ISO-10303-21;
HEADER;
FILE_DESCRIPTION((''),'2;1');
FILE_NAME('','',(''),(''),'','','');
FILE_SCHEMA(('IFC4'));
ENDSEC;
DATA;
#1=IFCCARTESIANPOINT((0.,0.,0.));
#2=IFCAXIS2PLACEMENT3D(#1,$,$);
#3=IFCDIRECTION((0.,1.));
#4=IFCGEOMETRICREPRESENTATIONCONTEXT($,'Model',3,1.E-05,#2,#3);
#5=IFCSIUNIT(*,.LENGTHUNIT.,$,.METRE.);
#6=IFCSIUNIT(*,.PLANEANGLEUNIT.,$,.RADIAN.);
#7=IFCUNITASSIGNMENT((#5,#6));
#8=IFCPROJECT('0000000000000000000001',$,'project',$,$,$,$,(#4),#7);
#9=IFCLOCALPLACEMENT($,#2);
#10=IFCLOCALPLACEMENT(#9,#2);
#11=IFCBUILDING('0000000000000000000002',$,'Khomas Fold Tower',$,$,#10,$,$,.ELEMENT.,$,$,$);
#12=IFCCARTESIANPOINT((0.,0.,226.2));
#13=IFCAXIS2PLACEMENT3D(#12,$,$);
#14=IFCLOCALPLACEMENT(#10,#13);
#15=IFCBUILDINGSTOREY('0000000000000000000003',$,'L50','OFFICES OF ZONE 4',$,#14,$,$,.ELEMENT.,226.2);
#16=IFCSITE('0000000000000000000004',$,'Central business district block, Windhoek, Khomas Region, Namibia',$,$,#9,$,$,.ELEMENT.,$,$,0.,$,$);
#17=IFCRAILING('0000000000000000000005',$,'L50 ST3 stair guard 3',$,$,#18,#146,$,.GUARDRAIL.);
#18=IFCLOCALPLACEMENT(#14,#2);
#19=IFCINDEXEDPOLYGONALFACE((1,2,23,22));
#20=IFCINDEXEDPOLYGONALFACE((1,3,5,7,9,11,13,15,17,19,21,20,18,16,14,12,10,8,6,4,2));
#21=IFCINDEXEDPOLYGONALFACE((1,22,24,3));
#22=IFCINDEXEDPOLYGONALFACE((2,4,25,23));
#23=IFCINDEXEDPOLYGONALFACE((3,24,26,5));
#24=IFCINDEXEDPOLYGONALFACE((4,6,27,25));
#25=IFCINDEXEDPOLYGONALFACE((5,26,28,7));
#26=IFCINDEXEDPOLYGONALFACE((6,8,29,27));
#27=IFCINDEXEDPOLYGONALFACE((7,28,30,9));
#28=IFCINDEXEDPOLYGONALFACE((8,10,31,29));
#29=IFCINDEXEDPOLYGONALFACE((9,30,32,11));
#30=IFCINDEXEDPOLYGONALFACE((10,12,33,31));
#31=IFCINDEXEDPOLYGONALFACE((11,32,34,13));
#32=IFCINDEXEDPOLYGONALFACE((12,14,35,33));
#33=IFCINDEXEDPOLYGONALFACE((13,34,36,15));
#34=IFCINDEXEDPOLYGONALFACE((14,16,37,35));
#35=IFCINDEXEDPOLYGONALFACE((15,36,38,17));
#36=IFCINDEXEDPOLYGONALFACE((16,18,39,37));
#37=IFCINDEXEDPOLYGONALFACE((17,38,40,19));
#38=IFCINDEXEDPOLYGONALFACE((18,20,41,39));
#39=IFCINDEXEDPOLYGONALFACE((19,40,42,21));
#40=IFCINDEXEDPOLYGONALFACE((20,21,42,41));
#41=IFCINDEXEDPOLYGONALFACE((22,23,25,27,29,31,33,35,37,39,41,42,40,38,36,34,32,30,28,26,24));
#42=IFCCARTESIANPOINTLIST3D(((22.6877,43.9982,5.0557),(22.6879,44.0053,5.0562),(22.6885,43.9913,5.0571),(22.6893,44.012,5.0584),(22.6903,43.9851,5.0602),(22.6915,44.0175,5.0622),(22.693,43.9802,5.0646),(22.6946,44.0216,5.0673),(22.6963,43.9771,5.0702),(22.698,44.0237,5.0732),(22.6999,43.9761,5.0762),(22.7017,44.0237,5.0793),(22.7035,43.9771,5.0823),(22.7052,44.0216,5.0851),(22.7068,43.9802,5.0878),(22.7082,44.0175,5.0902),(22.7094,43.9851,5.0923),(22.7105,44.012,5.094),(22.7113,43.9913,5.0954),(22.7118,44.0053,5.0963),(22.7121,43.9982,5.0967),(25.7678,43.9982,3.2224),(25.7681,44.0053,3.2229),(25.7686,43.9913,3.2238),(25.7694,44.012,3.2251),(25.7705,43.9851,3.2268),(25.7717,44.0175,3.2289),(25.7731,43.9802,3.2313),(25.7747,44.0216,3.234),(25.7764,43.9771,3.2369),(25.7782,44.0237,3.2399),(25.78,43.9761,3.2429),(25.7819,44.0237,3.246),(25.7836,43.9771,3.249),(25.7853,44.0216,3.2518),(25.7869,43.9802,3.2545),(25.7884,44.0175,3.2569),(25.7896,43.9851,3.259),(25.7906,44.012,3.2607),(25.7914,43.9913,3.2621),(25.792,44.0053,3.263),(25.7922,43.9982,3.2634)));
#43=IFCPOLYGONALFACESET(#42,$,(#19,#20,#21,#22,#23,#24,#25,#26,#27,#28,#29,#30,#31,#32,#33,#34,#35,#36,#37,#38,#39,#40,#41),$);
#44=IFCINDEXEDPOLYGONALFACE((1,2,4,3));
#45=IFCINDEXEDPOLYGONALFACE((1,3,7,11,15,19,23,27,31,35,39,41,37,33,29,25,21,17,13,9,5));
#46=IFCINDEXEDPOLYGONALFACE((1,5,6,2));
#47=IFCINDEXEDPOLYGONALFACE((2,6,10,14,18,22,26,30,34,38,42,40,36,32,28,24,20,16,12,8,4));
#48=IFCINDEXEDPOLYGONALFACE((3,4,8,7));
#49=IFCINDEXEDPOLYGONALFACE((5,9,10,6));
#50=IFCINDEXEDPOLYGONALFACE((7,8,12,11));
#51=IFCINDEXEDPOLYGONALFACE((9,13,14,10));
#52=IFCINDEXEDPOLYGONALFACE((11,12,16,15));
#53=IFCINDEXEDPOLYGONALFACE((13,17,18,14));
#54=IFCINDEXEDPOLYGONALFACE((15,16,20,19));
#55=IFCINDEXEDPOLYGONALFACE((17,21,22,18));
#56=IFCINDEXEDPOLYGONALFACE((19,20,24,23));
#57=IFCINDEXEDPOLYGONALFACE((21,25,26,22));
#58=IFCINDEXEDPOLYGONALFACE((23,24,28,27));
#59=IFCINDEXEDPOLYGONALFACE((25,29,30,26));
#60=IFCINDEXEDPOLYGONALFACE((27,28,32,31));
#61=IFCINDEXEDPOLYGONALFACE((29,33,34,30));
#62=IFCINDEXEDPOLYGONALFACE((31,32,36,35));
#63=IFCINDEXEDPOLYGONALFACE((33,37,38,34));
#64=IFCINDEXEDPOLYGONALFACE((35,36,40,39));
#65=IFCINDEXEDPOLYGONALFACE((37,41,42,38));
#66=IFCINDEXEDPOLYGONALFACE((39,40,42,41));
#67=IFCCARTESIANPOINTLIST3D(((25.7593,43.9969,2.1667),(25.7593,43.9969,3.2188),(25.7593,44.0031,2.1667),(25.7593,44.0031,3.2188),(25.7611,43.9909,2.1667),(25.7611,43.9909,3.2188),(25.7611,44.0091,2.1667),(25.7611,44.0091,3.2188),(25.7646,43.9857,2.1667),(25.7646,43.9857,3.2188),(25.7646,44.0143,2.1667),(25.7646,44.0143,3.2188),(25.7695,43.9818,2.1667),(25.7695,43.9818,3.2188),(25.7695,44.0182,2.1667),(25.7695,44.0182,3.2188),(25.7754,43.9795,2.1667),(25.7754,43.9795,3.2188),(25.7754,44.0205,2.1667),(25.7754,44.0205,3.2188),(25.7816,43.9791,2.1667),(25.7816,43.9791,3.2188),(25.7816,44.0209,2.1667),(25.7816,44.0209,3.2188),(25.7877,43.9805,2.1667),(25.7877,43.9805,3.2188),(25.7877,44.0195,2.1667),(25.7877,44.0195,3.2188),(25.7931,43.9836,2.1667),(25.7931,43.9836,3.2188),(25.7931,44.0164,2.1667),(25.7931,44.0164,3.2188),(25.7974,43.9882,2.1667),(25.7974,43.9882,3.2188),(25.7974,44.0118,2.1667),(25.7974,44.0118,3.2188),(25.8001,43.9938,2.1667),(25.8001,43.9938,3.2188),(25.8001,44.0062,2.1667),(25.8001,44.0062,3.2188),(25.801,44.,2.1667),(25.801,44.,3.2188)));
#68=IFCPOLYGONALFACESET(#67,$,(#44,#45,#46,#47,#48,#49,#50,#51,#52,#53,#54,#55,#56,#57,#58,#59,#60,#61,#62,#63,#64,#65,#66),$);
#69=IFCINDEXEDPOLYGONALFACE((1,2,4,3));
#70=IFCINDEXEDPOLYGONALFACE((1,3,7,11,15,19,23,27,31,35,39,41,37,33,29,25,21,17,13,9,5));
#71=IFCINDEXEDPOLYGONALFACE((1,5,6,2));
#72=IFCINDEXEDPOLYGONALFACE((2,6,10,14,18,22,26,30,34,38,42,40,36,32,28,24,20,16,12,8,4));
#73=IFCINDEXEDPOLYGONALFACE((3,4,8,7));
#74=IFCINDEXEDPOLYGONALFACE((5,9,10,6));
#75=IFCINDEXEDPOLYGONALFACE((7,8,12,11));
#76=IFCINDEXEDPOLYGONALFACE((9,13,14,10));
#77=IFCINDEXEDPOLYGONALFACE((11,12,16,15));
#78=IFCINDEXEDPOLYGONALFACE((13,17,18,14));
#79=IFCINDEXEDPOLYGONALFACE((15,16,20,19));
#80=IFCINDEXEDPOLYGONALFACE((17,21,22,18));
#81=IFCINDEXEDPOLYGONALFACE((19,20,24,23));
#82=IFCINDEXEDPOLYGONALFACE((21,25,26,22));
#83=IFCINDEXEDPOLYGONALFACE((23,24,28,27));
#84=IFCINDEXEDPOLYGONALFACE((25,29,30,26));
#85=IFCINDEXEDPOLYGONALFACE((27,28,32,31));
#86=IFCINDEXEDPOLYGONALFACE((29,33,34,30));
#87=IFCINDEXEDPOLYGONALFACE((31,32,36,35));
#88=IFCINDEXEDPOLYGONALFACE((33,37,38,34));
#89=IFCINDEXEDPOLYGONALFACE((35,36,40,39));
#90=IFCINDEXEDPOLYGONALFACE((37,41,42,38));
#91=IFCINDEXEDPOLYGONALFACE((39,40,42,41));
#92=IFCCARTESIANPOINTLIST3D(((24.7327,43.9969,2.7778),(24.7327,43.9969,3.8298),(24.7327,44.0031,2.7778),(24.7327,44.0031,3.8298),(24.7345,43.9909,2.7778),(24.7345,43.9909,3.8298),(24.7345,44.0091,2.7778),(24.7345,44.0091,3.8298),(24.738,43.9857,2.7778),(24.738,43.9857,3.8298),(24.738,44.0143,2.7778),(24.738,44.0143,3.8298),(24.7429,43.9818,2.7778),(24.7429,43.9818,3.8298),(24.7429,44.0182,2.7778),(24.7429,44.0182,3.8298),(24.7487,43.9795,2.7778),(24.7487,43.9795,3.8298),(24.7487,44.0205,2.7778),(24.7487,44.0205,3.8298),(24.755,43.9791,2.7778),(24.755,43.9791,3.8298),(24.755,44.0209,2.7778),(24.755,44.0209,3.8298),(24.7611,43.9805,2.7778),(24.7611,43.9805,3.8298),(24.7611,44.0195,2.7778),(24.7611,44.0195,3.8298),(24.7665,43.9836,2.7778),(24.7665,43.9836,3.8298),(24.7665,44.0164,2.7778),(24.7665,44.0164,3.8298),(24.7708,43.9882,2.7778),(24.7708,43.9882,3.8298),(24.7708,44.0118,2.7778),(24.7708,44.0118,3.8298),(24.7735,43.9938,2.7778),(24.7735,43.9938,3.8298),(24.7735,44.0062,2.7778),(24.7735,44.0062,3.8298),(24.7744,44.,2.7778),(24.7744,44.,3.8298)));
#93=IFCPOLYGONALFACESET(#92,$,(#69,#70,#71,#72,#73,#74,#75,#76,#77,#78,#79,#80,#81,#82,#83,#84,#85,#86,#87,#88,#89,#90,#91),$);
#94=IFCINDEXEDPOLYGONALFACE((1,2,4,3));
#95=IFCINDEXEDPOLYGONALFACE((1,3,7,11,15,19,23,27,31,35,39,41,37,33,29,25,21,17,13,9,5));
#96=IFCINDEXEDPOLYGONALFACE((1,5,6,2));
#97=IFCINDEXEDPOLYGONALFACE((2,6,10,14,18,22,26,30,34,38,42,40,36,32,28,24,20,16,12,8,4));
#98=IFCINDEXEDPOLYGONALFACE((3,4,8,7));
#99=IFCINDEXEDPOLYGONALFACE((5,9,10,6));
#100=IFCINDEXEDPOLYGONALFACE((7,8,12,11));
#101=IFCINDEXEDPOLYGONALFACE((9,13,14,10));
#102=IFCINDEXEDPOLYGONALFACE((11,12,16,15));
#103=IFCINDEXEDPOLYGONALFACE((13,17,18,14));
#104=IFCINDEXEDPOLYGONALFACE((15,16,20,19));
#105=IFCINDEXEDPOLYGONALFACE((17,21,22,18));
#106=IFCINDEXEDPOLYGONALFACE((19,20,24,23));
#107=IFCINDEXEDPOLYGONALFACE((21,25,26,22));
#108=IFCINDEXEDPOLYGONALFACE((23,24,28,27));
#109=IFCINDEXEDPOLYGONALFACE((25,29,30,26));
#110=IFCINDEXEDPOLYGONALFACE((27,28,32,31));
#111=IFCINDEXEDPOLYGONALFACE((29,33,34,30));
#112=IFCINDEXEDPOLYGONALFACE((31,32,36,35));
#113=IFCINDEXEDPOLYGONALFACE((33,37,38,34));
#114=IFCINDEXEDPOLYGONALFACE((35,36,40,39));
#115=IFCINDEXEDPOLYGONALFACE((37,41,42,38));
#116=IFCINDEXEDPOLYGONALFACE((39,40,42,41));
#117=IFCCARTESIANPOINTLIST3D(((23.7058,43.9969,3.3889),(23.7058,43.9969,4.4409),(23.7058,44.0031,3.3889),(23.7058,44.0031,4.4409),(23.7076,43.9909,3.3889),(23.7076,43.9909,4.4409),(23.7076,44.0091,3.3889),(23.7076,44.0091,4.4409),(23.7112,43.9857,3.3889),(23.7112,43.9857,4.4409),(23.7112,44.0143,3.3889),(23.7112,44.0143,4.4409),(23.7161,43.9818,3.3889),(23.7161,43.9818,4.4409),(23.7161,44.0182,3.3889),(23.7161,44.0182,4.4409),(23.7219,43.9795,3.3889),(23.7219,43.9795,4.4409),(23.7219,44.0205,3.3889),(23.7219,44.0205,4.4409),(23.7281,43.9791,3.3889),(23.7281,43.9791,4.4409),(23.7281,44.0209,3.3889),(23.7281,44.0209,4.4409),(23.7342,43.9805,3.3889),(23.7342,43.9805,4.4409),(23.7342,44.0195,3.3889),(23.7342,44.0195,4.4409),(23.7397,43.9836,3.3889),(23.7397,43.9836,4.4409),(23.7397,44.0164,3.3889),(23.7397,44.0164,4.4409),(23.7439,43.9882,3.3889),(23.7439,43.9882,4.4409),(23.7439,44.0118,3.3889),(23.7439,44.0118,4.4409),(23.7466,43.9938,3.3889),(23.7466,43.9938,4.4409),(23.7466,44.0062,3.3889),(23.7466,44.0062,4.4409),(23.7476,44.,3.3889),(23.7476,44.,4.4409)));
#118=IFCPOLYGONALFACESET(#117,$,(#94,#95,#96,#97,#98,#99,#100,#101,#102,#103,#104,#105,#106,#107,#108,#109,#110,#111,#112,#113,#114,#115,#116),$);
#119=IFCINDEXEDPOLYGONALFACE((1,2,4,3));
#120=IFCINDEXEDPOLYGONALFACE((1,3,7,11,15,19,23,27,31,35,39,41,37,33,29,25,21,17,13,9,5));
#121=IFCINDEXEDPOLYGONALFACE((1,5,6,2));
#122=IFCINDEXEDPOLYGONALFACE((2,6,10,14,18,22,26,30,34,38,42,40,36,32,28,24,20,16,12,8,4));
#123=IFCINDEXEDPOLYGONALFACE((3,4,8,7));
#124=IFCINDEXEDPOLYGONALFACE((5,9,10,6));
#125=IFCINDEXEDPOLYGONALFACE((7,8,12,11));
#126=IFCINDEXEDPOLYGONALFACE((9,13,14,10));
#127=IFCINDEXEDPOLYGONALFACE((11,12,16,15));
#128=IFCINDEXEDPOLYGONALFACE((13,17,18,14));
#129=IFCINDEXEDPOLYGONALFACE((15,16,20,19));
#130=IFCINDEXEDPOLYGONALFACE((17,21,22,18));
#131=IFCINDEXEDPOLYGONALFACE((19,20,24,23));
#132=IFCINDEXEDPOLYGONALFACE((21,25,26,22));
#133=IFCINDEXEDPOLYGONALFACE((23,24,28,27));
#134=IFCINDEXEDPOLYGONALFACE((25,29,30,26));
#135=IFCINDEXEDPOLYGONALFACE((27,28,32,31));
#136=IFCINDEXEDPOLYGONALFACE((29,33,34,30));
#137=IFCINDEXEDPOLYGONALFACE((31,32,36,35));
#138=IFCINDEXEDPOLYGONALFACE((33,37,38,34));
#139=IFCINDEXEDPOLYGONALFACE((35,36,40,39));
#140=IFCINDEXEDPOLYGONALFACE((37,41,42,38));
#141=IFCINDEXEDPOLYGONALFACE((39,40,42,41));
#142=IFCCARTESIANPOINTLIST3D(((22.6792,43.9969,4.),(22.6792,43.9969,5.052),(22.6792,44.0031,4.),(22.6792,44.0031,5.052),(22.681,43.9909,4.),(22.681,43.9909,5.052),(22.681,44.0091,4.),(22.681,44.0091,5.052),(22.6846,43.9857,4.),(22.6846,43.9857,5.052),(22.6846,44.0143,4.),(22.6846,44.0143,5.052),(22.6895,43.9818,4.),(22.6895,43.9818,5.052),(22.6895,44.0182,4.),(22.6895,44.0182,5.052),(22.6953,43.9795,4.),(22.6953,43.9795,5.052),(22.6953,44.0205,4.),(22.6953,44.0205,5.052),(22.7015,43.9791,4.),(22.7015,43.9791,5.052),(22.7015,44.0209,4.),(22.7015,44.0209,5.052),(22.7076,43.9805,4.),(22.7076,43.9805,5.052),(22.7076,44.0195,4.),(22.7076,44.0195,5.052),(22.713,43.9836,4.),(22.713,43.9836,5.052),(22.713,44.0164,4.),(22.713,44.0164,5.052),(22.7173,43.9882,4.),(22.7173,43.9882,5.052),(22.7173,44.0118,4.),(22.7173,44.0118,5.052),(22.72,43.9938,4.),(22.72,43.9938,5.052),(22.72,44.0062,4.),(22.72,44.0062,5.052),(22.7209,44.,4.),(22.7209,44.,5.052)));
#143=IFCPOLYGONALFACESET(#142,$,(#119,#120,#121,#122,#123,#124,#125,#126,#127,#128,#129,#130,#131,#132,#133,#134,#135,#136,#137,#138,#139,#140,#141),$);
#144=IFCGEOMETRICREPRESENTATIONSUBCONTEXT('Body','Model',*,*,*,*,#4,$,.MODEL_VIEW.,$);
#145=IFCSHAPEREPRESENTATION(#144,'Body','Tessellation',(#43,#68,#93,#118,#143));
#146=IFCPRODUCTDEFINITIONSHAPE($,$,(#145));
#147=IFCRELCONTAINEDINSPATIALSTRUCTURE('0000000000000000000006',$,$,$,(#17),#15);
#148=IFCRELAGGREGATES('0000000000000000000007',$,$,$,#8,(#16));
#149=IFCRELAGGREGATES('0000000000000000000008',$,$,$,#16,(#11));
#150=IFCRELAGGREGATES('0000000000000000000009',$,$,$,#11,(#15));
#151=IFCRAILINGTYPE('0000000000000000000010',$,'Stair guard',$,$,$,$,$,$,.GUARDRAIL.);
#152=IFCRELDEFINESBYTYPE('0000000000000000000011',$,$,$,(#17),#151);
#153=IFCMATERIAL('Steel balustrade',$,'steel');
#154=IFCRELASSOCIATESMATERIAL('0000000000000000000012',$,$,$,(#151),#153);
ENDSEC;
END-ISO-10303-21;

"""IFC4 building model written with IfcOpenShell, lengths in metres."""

from ifc_helpers import new_model, si_unit, direction, frame, origin, origin_2d, place, context, subcontext, project, spatial, circle, extrude, source, transform, mapped, material, type_object, element, save


model = new_model("IFC4")

# Units and contexts
model_context = context("Model", 3, precision=1e-05, world=origin(), true_north=direction((0.0, 1.0)))
body_context = subcontext(model_context, "Body", "Model", "MODEL_VIEW")
ifc_project = project(units=[si_unit("LENGTHUNIT", "METRE"), si_unit("PLANEANGLEUNIT", "RADIAN")], contexts=[model_context])

# Site, building, storey
site_placement = place(None, origin())
site = spatial("IfcSite", under=ifc_project, at=site_placement, Name="Central business district block, Windhoek, Khomas Region, Namibia", CompositionType="ELEMENT", RefElevation=0.0)
building_placement = place(site_placement, origin())
building = spatial("IfcBuilding", under=site, at=building_placement, Name="Khomas Fold Tower", CompositionType="ELEMENT")
storey_placement = place(building_placement, frame((0.0, 0.0, 226.2)))
storey = spatial("IfcBuildingStorey", under=building, at=storey_placement, Name="L50", Description="OFFICES OF ZONE 4", CompositionType="ELEMENT", Elevation=226.2)

# Railing
ifc_material_1 = material(Name="Steel balustrade", Category="steel")
railing_type_1 = type_object("IfcRailingType", Name="Stair guard", PredefinedType="GUARDRAIL", material=ifc_material_1)
shared_shape_1 = source(origin(), body_context, "Body", "SweptSolid", [
    extrude(circle(Radius=0.0239, at=origin_2d()), frame((0.0, 0.0, 1.0762), z_axis=(-0.859309, 0.0, 0.511458), x_axis=(0.0, -1.0, 0.0)), (0.0, 0.0, 1.0), 3.5845),
    extrude(circle(Radius=0.021, at=origin_2d()), origin(), (0.0, 0.0, 1.0), 1.052),
    extrude(circle(Radius=0.021, at=origin_2d()), frame((-1.0266, 0.0, 0.6111)), (0.0, 0.0, 1.0), 1.052),
    extrude(circle(Radius=0.021, at=origin_2d()), frame((-2.0535, 0.0, 1.2222)), (0.0, 0.0, 1.0), 1.052),
    extrude(circle(Radius=0.021, at=origin_2d()), frame((-3.0801, 0.0, 1.8333)), (0.0, 0.0, 1.0), 1.052),
])
railing_1_placement = place(storey_placement, frame((25.78, 44.0, 2.1667)))
element("IfcRailing", 1, at=railing_1_placement, inside=storey, type_object=railing_type_1, Name="L50 ST3 stair guard 3", PredefinedType="GUARDRAIL", context=body_context, shape_type="MappedRepresentation", body=[
    mapped(shared_shape_1, transform((0.0, 0.0, 0.0))),
])

save(model, "model.ifc")
